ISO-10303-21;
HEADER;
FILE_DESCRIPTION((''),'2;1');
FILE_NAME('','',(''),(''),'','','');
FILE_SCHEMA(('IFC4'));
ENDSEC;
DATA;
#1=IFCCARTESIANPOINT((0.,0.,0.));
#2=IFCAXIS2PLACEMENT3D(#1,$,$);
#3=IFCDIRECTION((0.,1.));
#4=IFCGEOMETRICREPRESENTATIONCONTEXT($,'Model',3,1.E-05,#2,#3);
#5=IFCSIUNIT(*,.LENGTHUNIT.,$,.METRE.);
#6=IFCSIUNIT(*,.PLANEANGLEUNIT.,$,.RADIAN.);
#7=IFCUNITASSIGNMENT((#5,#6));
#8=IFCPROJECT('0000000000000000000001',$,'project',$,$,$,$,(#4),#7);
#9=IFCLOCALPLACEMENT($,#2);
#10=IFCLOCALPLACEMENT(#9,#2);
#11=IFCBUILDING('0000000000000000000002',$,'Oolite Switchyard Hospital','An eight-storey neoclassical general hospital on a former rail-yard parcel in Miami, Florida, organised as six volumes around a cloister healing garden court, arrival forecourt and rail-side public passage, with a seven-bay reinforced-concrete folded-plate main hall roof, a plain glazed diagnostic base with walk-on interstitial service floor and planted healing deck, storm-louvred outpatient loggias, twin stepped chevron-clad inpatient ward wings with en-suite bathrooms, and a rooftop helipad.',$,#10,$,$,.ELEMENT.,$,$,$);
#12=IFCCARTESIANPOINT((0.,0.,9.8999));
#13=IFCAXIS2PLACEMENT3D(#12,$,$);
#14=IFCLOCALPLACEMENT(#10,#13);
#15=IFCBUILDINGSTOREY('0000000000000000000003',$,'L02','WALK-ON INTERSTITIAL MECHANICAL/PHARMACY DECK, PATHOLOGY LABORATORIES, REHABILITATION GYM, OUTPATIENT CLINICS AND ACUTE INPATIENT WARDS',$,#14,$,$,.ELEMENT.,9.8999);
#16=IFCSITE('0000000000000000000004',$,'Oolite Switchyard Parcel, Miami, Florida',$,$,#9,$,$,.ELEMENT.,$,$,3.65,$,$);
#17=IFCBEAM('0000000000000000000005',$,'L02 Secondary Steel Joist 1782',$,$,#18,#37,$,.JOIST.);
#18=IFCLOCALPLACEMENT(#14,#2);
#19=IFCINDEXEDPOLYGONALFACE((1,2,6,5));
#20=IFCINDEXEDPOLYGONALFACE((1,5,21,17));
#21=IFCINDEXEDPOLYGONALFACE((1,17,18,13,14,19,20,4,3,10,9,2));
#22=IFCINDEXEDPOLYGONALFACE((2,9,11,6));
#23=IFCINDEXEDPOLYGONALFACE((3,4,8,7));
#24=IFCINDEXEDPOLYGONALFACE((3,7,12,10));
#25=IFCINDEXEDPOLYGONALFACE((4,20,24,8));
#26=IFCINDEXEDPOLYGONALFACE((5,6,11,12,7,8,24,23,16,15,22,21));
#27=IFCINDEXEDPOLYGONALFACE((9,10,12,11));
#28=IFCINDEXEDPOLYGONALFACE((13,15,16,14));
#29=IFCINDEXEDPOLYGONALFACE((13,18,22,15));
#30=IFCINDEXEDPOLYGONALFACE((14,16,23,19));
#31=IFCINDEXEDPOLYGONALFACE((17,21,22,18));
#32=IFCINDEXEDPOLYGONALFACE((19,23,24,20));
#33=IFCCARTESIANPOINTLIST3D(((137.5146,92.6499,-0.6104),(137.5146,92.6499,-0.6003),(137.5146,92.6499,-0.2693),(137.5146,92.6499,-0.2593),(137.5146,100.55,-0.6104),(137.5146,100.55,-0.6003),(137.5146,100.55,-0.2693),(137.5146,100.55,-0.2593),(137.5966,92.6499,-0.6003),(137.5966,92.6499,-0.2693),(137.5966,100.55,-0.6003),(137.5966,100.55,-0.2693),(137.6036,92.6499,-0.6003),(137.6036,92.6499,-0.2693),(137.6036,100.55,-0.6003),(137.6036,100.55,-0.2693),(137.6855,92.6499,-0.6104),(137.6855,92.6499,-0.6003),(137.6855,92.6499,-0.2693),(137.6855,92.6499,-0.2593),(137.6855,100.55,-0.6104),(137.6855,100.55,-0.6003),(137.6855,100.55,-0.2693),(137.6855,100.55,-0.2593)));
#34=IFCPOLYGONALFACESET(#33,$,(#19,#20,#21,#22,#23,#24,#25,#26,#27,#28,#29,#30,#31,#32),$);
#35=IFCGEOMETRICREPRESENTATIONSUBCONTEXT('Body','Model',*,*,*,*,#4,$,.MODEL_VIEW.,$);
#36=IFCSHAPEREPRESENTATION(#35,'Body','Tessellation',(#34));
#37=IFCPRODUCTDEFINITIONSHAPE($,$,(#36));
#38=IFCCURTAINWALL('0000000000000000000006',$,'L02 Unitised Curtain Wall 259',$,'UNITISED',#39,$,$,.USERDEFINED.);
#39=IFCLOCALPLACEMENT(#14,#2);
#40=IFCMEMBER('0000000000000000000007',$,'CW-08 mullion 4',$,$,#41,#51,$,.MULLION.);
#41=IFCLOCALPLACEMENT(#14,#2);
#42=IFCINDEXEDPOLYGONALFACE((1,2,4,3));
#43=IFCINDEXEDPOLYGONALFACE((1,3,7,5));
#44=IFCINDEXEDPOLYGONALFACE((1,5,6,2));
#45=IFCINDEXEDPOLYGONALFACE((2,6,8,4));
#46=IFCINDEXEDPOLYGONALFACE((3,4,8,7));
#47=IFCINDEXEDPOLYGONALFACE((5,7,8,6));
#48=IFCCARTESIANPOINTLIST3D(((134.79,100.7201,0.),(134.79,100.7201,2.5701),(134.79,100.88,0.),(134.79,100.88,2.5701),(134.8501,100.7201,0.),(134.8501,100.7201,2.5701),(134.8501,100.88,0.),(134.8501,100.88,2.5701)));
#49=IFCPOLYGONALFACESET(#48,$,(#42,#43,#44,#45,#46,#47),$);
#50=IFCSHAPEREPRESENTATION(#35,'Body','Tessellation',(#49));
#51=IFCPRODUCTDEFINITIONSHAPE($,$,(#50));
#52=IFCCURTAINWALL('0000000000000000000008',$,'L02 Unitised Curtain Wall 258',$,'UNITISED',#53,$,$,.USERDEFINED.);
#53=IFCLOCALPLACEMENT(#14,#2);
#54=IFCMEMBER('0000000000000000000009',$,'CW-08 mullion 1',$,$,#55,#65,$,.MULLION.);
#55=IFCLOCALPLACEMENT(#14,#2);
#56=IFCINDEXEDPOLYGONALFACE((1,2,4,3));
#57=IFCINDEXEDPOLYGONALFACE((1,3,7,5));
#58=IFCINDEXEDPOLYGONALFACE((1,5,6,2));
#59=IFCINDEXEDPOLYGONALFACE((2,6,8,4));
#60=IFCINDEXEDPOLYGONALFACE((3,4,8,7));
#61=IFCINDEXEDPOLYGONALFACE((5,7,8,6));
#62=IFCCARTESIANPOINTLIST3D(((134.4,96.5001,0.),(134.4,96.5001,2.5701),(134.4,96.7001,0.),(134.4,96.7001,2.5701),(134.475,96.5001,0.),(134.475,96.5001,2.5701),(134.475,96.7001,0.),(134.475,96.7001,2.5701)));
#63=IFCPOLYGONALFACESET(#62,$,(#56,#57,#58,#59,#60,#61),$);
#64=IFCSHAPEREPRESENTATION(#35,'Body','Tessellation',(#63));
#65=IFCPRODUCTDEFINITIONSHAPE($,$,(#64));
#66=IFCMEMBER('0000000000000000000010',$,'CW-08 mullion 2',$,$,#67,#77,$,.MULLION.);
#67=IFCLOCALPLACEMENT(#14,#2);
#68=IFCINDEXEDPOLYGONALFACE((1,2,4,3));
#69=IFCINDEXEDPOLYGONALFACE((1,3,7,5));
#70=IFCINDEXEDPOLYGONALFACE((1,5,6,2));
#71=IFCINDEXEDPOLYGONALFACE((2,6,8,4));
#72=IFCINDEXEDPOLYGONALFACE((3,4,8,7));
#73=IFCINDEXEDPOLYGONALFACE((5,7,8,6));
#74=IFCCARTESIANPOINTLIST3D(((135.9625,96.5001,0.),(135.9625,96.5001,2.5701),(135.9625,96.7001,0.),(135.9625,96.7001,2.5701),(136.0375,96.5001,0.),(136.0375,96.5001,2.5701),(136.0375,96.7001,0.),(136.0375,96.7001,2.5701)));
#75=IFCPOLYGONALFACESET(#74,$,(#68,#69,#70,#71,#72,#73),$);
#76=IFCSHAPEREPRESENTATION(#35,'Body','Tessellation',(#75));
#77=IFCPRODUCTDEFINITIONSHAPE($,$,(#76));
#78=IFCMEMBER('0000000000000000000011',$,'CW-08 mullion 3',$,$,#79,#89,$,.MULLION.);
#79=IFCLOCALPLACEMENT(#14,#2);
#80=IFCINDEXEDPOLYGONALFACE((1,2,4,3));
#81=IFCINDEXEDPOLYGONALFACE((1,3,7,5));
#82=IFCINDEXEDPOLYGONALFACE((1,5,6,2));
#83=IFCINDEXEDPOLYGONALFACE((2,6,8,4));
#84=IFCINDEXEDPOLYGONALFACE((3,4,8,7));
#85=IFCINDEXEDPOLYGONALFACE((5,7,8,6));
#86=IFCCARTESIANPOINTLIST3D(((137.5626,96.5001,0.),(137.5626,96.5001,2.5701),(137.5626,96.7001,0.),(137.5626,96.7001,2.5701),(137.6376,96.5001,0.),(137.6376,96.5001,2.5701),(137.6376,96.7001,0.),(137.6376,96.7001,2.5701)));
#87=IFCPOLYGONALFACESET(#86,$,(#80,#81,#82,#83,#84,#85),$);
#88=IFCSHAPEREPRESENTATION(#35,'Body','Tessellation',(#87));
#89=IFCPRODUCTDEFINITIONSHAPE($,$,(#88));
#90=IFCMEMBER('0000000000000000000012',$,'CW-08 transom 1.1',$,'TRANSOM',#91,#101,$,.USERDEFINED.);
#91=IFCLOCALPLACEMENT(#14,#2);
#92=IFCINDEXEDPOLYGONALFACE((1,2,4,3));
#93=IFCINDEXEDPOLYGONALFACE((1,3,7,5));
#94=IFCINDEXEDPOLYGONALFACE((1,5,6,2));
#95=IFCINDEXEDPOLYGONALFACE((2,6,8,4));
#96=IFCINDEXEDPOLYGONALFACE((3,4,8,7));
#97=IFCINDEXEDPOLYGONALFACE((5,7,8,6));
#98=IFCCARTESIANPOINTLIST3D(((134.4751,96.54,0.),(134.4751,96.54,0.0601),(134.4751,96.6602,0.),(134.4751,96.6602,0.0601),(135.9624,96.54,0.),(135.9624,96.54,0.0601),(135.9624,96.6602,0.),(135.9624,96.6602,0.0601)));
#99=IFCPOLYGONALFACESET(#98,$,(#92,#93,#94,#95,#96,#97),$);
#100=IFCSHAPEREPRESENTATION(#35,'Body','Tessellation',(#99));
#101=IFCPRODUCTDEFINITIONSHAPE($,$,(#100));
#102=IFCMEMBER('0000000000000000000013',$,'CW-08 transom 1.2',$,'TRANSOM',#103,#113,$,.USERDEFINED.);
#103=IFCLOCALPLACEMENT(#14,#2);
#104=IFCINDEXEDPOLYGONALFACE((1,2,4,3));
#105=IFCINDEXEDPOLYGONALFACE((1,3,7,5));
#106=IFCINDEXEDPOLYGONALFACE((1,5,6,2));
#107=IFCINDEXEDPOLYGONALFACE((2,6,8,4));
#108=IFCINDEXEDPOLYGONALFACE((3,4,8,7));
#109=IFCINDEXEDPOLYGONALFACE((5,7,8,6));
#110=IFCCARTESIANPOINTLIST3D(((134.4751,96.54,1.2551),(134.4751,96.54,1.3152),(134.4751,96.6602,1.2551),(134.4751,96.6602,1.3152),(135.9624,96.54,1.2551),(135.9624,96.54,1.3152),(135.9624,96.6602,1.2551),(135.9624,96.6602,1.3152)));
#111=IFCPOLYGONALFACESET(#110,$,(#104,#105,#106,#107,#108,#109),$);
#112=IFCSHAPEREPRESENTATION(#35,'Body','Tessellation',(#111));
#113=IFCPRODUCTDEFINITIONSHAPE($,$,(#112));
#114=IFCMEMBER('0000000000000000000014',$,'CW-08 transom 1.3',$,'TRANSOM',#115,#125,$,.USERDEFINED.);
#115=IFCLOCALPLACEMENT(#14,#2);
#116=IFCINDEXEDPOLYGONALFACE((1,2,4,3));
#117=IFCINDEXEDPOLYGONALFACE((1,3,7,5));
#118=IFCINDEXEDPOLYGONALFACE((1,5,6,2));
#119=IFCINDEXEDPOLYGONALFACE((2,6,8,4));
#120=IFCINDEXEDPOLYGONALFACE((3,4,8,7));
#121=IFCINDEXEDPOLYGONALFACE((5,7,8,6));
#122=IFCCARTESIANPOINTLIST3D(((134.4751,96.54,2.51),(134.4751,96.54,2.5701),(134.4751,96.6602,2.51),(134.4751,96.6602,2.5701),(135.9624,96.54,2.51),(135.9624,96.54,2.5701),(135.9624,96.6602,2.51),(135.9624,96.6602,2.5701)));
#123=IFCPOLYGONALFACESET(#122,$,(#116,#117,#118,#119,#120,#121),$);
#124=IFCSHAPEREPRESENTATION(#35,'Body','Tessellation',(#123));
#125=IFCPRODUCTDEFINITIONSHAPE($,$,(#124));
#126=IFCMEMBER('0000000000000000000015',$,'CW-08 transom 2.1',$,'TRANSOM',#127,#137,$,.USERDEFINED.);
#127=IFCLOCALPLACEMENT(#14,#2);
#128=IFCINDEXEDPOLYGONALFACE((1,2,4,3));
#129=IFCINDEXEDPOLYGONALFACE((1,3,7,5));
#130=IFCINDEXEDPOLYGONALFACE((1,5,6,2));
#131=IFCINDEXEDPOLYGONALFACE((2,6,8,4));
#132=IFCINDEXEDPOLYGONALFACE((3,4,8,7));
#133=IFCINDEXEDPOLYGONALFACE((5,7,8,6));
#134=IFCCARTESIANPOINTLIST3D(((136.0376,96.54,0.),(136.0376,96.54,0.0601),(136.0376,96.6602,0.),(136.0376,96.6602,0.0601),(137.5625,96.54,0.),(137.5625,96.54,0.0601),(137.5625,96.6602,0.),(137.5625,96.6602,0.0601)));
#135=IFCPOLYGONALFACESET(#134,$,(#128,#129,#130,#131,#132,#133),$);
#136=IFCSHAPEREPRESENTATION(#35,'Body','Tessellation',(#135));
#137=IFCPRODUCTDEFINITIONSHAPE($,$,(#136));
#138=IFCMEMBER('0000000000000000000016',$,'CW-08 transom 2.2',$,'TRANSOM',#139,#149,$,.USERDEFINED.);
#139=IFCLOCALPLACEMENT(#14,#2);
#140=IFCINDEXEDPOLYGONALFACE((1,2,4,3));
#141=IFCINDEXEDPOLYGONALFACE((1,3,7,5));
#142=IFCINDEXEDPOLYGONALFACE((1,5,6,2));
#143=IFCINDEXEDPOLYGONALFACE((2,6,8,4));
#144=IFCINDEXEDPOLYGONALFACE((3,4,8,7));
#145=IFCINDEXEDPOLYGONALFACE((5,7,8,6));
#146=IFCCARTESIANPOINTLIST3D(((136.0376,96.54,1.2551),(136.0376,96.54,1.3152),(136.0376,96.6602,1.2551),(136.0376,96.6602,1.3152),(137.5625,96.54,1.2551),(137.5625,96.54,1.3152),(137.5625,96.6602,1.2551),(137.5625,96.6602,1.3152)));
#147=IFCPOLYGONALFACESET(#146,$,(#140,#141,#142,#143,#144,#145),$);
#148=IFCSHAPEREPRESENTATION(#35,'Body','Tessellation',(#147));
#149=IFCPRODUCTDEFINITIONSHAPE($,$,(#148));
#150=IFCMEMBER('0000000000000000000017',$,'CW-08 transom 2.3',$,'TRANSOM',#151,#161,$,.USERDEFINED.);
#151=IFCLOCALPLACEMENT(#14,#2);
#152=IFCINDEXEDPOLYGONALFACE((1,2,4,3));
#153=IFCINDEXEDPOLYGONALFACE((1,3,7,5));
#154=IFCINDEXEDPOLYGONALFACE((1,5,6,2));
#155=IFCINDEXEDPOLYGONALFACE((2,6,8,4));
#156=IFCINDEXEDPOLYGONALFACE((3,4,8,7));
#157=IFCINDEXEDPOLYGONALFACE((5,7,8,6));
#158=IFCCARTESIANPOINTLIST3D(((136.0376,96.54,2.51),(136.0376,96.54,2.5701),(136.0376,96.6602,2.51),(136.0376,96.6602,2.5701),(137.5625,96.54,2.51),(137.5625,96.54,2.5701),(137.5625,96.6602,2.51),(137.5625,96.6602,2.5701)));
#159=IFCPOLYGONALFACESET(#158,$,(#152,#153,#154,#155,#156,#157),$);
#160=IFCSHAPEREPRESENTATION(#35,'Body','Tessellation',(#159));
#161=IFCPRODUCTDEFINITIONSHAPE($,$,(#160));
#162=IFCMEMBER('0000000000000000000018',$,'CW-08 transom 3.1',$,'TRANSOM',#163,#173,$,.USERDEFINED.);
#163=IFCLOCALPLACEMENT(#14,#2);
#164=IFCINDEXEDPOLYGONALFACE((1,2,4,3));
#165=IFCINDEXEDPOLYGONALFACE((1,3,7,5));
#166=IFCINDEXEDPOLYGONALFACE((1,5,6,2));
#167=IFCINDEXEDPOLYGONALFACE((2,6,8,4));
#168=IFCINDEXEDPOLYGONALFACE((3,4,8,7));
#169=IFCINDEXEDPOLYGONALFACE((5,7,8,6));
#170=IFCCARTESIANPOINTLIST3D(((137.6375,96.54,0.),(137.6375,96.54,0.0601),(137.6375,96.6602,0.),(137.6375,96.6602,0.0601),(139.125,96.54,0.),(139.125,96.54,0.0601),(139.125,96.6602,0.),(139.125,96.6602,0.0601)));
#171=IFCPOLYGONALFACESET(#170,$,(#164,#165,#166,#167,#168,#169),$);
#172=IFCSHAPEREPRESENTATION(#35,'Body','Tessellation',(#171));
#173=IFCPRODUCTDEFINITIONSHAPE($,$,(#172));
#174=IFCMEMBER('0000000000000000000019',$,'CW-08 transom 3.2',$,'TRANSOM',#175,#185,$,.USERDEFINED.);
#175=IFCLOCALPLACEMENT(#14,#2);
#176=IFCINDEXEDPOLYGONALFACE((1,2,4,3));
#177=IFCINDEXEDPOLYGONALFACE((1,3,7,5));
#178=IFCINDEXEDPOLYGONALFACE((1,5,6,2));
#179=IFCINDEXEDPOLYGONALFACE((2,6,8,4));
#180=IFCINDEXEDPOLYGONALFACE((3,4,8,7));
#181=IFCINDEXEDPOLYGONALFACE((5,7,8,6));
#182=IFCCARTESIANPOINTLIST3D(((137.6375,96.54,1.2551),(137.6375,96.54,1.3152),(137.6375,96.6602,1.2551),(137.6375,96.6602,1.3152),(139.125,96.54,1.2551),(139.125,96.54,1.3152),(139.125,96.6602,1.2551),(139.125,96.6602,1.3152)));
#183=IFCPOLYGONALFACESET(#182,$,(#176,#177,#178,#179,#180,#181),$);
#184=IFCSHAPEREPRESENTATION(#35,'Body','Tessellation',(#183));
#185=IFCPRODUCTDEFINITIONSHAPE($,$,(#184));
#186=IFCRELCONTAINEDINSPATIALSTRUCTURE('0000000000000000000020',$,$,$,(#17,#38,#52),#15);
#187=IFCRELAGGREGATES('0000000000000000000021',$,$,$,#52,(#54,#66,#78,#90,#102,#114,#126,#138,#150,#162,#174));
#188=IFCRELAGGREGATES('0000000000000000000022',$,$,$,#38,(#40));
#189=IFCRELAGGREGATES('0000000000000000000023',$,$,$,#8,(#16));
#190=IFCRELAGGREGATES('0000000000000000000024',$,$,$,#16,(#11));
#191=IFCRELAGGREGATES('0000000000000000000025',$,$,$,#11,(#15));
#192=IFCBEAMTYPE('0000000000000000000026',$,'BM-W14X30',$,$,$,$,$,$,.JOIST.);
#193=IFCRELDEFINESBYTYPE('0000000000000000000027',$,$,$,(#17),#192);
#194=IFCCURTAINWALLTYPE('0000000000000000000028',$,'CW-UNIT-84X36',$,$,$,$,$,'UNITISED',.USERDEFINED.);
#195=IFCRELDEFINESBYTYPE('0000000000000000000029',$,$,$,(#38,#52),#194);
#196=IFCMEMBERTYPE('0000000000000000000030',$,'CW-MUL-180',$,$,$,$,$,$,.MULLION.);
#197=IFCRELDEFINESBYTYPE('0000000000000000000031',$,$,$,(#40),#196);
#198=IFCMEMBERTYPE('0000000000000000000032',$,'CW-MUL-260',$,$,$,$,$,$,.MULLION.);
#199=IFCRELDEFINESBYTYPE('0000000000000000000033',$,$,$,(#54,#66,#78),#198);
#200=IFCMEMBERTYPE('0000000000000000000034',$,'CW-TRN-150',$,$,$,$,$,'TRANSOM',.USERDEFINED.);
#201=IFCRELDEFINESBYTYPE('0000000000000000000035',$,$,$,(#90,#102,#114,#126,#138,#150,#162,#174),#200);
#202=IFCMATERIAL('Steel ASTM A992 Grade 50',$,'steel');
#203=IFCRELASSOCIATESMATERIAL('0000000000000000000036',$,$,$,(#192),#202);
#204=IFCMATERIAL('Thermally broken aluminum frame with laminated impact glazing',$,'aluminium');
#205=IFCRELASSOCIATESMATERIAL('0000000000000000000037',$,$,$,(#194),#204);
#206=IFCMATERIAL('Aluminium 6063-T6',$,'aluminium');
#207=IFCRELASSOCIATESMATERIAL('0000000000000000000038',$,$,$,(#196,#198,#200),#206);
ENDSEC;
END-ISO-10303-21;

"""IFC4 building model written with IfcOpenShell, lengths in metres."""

from ifc_helpers import new_model, si_unit, direction, frame, origin, origin_2d, place, context, subcontext, project, spatial, rectangle, i_section, extrude, material, material_profile, profile_set, type_object, element, aggregate, save


model = new_model("IFC4")

# Units and contexts
model_context = context("Model", 3, precision=1e-05, world=origin(), true_north=direction((0.0, 1.0)))
body_context = subcontext(model_context, "Body", "Model", "MODEL_VIEW")
ifc_project = project(units=[si_unit("LENGTHUNIT", "METRE"), si_unit("PLANEANGLEUNIT", "RADIAN")], contexts=[model_context])

# Site, building, storey
site_placement = place(None, origin())
site = spatial("IfcSite", under=ifc_project, at=site_placement, Name="Oolite Switchyard Parcel, Miami, Florida", CompositionType="ELEMENT", RefElevation=3.65)
building_placement = place(site_placement, origin())
building = spatial("IfcBuilding", under=site, at=building_placement, Name="Oolite Switchyard Hospital", Description="An eight-storey neoclassical general hospital on a former rail-yard parcel in Miami, Florida, organised as six volumes around a cloister healing garden court, arrival forecourt and rail-side public passage, with a seven-bay reinforced-concrete folded-plate main hall roof, a plain glazed diagnostic base with walk-on interstitial service floor and planted healing deck, storm-louvred outpatient loggias, twin stepped chevron-clad inpatient ward wings with en-suite bathrooms, and a rooftop helipad.", CompositionType="ELEMENT")
storey_placement = place(building_placement, frame((0.0, 0.0, 9.8999)))
storey = spatial("IfcBuildingStorey", under=building, at=storey_placement, Name="L02", Description="WALK-ON INTERSTITIAL MECHANICAL/PHARMACY DECK, PATHOLOGY LABORATORIES, REHABILITATION GYM, OUTPATIENT CLINICS AND ACUTE INPATIENT WARDS", CompositionType="ELEMENT", Elevation=9.8999)

# Beam
ifc_material_1 = material(Name="Steel ASTM A992 Grade 50", Category="steel")
ifc_material_profile_1 = material_profile(ifc_material_1, i_section(OverallWidth=0.1709, OverallDepth=0.3511, WebThickness=0.0071, FlangeThickness=0.01, at=origin_2d()), Name="W14X30")
ifc_profile_set_1 = profile_set([ifc_material_profile_1], Name="Steel ASTM A992 Grade 50")
beam_type = type_object("IfcBeamType", Name="BM-W14X30", PredefinedType="JOIST", material=ifc_profile_set_1)
beam_placement = place(storey_placement, frame((137.6001, 92.6499, -0.4348), z_axis=(0.0, 1.0, 0.0), x_axis=(-1.0, 0.0, 0.0)))
element("IfcBeam", 1, at=beam_placement, inside=storey, type_object=beam_type, Name="L02 Secondary Steel Joist 1782", PredefinedType="JOIST", context=body_context, shape_type="SweptSolid", body=[
    extrude(i_section(OverallWidth=0.1709, OverallDepth=0.3511, WebThickness=0.0071, FlangeThickness=0.01, at=origin_2d()), origin(), (0.0, 0.0, 1.0), 7.9001),
])

# Curtain wall, member
ifc_material_2 = material(Name="Thermally broken aluminum frame with laminated impact glazing", Category="aluminium")
curtain_wall_type = type_object("IfcCurtainWallType", Name="CW-UNIT-84X36", ElementType="UNITISED", PredefinedType="USERDEFINED", material=ifc_material_2)
curtain_wall_1_placement = place(storey_placement, origin())
curtain_wall_1 = element("IfcCurtainWall", 2, at=curtain_wall_1_placement, inside=storey, type_object=curtain_wall_type, Name="L02 Unitised Curtain Wall 259", ObjectType="UNITISED", PredefinedType="USERDEFINED")
ifc_material_3 = material(Name="Aluminium 6063-T6", Category="aluminium")
ifc_material_profile_2 = material_profile(ifc_material_3, rectangle(XDim=0.1599, YDim=0.0601, at=origin_2d()), Name="CWM60X160")
ifc_profile_set_2 = profile_set([ifc_material_profile_2], Name="Aluminium 6063-T6")
member_type_1 = type_object("IfcMemberType", Name="CW-MUL-180", PredefinedType="MULLION", material=ifc_profile_set_2)
member_1_placement = place(storey_placement, frame((134.8201, 100.8, 0.0), z_axis=(0.0, 0.0, 1.0), x_axis=(0.0, -1.0, 0.0)))
member_1 = element("IfcMember", 3, at=member_1_placement, type_object=member_type_1, Name="CW-08 mullion 4", PredefinedType="MULLION", context=body_context, shape_type="SweptSolid", body=[
    extrude(rectangle(XDim=0.1599, YDim=0.0601, at=origin_2d()), origin(), (0.0, 0.0, 1.0), 2.5701),
])

# Curtain wall, members
curtain_wall_2_placement = place(storey_placement, origin())
curtain_wall_2 = element("IfcCurtainWall", 4, at=curtain_wall_2_placement, inside=storey, type_object=curtain_wall_type, Name="L02 Unitised Curtain Wall 258", ObjectType="UNITISED", PredefinedType="USERDEFINED")
ifc_material_profile_3 = material_profile(ifc_material_3, rectangle(XDim=0.2, YDim=0.075, at=origin_2d()), Name="CWM75X200")
ifc_profile_set_3 = profile_set([ifc_material_profile_3], Name="Aluminium 6063-T6")
member_type_2 = type_object("IfcMemberType", Name="CW-MUL-260", PredefinedType="MULLION", material=ifc_profile_set_3)
member_2_placement = place(storey_placement, frame((134.4375, 96.6001, 0.0), z_axis=(0.0, 0.0, 1.0), x_axis=(0.0, 1.0, 0.0)))
member_2 = element("IfcMember", 5, at=member_2_placement, type_object=member_type_2, Name="CW-08 mullion 1", PredefinedType="MULLION", context=body_context, shape_type="SweptSolid", body=[
    extrude(rectangle(XDim=0.2, YDim=0.075, at=origin_2d()), origin(), (0.0, 0.0, 1.0), 2.5701),
])
member_3_placement = place(storey_placement, frame((136.0, 96.6001, 0.0), z_axis=(0.0, 0.0, 1.0), x_axis=(0.0, 1.0, 0.0)))
member_3 = element("IfcMember", 6, at=member_3_placement, type_object=member_type_2, Name="CW-08 mullion 2", PredefinedType="MULLION", context=body_context, shape_type="SweptSolid", body=[
    extrude(rectangle(XDim=0.2, YDim=0.075, at=origin_2d()), origin(), (0.0, 0.0, 1.0), 2.5701),
])
member_4_placement = place(storey_placement, frame((137.6001, 96.6001, 0.0), z_axis=(0.0, 0.0, 1.0), x_axis=(0.0, 1.0, 0.0)))
member_4 = element("IfcMember", 7, at=member_4_placement, type_object=member_type_2, Name="CW-08 mullion 3", PredefinedType="MULLION", context=body_context, shape_type="SweptSolid", body=[
    extrude(rectangle(XDim=0.2, YDim=0.075, at=origin_2d()), origin(), (0.0, 0.0, 1.0), 2.5701),
])
ifc_material_profile_4 = material_profile(ifc_material_3, rectangle(XDim=0.1201, YDim=0.0601, at=origin_2d()), Name="CWT60X120")
ifc_profile_set_4 = profile_set([ifc_material_profile_4], Name="Aluminium 6063-T6")
member_type_3 = type_object("IfcMemberType", Name="CW-TRN-150", ElementType="TRANSOM", PredefinedType="USERDEFINED", material=ifc_profile_set_4)
member_5_placement = place(storey_placement, frame((134.4751, 96.6001, 0.03), z_axis=(1.0, 0.0, 0.0), x_axis=(0.0, 1.0, 0.0)))
member_5 = element("IfcMember", 8, at=member_5_placement, type_object=member_type_3, Name="CW-08 transom 1.1", ObjectType="TRANSOM", PredefinedType="USERDEFINED", context=body_context, shape_type="SweptSolid", body=[
    extrude(rectangle(XDim=0.1201, YDim=0.0601, at=origin_2d()), origin(), (0.0, 0.0, 1.0), 1.4873),
])
member_6_placement = place(storey_placement, frame((134.4751, 96.6001, 1.2852), z_axis=(1.0, 0.0, 0.0), x_axis=(0.0, 1.0, 0.0)))
member_6 = element("IfcMember", 9, at=member_6_placement, type_object=member_type_3, Name="CW-08 transom 1.2", ObjectType="TRANSOM", PredefinedType="USERDEFINED", context=body_context, shape_type="SweptSolid", body=[
    extrude(rectangle(XDim=0.1201, YDim=0.0601, at=origin_2d()), origin(), (0.0, 0.0, 1.0), 1.4873),
])
member_7_placement = place(storey_placement, frame((134.4751, 96.6001, 2.54), z_axis=(1.0, 0.0, 0.0), x_axis=(0.0, 1.0, 0.0)))
member_7 = element("IfcMember", 10, at=member_7_placement, type_object=member_type_3, Name="CW-08 transom 1.3", ObjectType="TRANSOM", PredefinedType="USERDEFINED", context=body_context, shape_type="SweptSolid", body=[
    extrude(rectangle(XDim=0.1201, YDim=0.0601, at=origin_2d()), origin(), (0.0, 0.0, 1.0), 1.4873),
])
member_8_placement = place(storey_placement, frame((136.0376, 96.6001, 0.03), z_axis=(1.0, 0.0, 0.0), x_axis=(0.0, 1.0, 0.0)))
member_8 = element("IfcMember", 11, at=member_8_placement, type_object=member_type_3, Name="CW-08 transom 2.1", ObjectType="TRANSOM", PredefinedType="USERDEFINED", context=body_context, shape_type="SweptSolid", body=[
    extrude(rectangle(XDim=0.1201, YDim=0.0601, at=origin_2d()), origin(), (0.0, 0.0, 1.0), 1.5249),
])
member_9_placement = place(storey_placement, frame((136.0376, 96.6001, 1.2852), z_axis=(1.0, 0.0, 0.0), x_axis=(0.0, 1.0, 0.0)))
member_9 = element("IfcMember", 12, at=member_9_placement, type_object=member_type_3, Name="CW-08 transom 2.2", ObjectType="TRANSOM", PredefinedType="USERDEFINED", context=body_context, shape_type="SweptSolid", body=[
    extrude(rectangle(XDim=0.1201, YDim=0.0601, at=origin_2d()), origin(), (0.0, 0.0, 1.0), 1.5249),
])
member_10_placement = place(storey_placement, frame((136.0376, 96.6001, 2.54), z_axis=(1.0, 0.0, 0.0), x_axis=(0.0, 1.0, 0.0)))
member_10 = element("IfcMember", 13, at=member_10_placement, type_object=member_type_3, Name="CW-08 transom 2.3", ObjectType="TRANSOM", PredefinedType="USERDEFINED", context=body_context, shape_type="SweptSolid", body=[
    extrude(rectangle(XDim=0.1201, YDim=0.0601, at=origin_2d()), origin(), (0.0, 0.0, 1.0), 1.5249),
])
member_11_placement = place(storey_placement, frame((137.6375, 96.6001, 0.03), z_axis=(1.0, 0.0, 0.0), x_axis=(0.0, 1.0, 0.0)))
member_11 = element("IfcMember", 14, at=member_11_placement, type_object=member_type_3, Name="CW-08 transom 3.1", ObjectType="TRANSOM", PredefinedType="USERDEFINED", context=body_context, shape_type="SweptSolid", body=[
    extrude(rectangle(XDim=0.1201, YDim=0.0601, at=origin_2d()), origin(), (0.0, 0.0, 1.0), 1.4875),
])
member_12_placement = place(storey_placement, frame((137.6375, 96.6001, 1.2852), z_axis=(1.0, 0.0, 0.0), x_axis=(0.0, 1.0, 0.0)))
member_12 = element("IfcMember", 15, at=member_12_placement, type_object=member_type_3, Name="CW-08 transom 3.2", ObjectType="TRANSOM", PredefinedType="USERDEFINED", context=body_context, shape_type="SweptSolid", body=[
    extrude(rectangle(XDim=0.1201, YDim=0.0601, at=origin_2d()), origin(), (0.0, 0.0, 1.0), 1.4875),
])
aggregate(curtain_wall_2, [member_2, member_3, member_4, member_5, member_6, member_7, member_8, member_9, member_10, member_11, member_12])

aggregate(curtain_wall_1, [member_1])

save(model, "model.ifc")
